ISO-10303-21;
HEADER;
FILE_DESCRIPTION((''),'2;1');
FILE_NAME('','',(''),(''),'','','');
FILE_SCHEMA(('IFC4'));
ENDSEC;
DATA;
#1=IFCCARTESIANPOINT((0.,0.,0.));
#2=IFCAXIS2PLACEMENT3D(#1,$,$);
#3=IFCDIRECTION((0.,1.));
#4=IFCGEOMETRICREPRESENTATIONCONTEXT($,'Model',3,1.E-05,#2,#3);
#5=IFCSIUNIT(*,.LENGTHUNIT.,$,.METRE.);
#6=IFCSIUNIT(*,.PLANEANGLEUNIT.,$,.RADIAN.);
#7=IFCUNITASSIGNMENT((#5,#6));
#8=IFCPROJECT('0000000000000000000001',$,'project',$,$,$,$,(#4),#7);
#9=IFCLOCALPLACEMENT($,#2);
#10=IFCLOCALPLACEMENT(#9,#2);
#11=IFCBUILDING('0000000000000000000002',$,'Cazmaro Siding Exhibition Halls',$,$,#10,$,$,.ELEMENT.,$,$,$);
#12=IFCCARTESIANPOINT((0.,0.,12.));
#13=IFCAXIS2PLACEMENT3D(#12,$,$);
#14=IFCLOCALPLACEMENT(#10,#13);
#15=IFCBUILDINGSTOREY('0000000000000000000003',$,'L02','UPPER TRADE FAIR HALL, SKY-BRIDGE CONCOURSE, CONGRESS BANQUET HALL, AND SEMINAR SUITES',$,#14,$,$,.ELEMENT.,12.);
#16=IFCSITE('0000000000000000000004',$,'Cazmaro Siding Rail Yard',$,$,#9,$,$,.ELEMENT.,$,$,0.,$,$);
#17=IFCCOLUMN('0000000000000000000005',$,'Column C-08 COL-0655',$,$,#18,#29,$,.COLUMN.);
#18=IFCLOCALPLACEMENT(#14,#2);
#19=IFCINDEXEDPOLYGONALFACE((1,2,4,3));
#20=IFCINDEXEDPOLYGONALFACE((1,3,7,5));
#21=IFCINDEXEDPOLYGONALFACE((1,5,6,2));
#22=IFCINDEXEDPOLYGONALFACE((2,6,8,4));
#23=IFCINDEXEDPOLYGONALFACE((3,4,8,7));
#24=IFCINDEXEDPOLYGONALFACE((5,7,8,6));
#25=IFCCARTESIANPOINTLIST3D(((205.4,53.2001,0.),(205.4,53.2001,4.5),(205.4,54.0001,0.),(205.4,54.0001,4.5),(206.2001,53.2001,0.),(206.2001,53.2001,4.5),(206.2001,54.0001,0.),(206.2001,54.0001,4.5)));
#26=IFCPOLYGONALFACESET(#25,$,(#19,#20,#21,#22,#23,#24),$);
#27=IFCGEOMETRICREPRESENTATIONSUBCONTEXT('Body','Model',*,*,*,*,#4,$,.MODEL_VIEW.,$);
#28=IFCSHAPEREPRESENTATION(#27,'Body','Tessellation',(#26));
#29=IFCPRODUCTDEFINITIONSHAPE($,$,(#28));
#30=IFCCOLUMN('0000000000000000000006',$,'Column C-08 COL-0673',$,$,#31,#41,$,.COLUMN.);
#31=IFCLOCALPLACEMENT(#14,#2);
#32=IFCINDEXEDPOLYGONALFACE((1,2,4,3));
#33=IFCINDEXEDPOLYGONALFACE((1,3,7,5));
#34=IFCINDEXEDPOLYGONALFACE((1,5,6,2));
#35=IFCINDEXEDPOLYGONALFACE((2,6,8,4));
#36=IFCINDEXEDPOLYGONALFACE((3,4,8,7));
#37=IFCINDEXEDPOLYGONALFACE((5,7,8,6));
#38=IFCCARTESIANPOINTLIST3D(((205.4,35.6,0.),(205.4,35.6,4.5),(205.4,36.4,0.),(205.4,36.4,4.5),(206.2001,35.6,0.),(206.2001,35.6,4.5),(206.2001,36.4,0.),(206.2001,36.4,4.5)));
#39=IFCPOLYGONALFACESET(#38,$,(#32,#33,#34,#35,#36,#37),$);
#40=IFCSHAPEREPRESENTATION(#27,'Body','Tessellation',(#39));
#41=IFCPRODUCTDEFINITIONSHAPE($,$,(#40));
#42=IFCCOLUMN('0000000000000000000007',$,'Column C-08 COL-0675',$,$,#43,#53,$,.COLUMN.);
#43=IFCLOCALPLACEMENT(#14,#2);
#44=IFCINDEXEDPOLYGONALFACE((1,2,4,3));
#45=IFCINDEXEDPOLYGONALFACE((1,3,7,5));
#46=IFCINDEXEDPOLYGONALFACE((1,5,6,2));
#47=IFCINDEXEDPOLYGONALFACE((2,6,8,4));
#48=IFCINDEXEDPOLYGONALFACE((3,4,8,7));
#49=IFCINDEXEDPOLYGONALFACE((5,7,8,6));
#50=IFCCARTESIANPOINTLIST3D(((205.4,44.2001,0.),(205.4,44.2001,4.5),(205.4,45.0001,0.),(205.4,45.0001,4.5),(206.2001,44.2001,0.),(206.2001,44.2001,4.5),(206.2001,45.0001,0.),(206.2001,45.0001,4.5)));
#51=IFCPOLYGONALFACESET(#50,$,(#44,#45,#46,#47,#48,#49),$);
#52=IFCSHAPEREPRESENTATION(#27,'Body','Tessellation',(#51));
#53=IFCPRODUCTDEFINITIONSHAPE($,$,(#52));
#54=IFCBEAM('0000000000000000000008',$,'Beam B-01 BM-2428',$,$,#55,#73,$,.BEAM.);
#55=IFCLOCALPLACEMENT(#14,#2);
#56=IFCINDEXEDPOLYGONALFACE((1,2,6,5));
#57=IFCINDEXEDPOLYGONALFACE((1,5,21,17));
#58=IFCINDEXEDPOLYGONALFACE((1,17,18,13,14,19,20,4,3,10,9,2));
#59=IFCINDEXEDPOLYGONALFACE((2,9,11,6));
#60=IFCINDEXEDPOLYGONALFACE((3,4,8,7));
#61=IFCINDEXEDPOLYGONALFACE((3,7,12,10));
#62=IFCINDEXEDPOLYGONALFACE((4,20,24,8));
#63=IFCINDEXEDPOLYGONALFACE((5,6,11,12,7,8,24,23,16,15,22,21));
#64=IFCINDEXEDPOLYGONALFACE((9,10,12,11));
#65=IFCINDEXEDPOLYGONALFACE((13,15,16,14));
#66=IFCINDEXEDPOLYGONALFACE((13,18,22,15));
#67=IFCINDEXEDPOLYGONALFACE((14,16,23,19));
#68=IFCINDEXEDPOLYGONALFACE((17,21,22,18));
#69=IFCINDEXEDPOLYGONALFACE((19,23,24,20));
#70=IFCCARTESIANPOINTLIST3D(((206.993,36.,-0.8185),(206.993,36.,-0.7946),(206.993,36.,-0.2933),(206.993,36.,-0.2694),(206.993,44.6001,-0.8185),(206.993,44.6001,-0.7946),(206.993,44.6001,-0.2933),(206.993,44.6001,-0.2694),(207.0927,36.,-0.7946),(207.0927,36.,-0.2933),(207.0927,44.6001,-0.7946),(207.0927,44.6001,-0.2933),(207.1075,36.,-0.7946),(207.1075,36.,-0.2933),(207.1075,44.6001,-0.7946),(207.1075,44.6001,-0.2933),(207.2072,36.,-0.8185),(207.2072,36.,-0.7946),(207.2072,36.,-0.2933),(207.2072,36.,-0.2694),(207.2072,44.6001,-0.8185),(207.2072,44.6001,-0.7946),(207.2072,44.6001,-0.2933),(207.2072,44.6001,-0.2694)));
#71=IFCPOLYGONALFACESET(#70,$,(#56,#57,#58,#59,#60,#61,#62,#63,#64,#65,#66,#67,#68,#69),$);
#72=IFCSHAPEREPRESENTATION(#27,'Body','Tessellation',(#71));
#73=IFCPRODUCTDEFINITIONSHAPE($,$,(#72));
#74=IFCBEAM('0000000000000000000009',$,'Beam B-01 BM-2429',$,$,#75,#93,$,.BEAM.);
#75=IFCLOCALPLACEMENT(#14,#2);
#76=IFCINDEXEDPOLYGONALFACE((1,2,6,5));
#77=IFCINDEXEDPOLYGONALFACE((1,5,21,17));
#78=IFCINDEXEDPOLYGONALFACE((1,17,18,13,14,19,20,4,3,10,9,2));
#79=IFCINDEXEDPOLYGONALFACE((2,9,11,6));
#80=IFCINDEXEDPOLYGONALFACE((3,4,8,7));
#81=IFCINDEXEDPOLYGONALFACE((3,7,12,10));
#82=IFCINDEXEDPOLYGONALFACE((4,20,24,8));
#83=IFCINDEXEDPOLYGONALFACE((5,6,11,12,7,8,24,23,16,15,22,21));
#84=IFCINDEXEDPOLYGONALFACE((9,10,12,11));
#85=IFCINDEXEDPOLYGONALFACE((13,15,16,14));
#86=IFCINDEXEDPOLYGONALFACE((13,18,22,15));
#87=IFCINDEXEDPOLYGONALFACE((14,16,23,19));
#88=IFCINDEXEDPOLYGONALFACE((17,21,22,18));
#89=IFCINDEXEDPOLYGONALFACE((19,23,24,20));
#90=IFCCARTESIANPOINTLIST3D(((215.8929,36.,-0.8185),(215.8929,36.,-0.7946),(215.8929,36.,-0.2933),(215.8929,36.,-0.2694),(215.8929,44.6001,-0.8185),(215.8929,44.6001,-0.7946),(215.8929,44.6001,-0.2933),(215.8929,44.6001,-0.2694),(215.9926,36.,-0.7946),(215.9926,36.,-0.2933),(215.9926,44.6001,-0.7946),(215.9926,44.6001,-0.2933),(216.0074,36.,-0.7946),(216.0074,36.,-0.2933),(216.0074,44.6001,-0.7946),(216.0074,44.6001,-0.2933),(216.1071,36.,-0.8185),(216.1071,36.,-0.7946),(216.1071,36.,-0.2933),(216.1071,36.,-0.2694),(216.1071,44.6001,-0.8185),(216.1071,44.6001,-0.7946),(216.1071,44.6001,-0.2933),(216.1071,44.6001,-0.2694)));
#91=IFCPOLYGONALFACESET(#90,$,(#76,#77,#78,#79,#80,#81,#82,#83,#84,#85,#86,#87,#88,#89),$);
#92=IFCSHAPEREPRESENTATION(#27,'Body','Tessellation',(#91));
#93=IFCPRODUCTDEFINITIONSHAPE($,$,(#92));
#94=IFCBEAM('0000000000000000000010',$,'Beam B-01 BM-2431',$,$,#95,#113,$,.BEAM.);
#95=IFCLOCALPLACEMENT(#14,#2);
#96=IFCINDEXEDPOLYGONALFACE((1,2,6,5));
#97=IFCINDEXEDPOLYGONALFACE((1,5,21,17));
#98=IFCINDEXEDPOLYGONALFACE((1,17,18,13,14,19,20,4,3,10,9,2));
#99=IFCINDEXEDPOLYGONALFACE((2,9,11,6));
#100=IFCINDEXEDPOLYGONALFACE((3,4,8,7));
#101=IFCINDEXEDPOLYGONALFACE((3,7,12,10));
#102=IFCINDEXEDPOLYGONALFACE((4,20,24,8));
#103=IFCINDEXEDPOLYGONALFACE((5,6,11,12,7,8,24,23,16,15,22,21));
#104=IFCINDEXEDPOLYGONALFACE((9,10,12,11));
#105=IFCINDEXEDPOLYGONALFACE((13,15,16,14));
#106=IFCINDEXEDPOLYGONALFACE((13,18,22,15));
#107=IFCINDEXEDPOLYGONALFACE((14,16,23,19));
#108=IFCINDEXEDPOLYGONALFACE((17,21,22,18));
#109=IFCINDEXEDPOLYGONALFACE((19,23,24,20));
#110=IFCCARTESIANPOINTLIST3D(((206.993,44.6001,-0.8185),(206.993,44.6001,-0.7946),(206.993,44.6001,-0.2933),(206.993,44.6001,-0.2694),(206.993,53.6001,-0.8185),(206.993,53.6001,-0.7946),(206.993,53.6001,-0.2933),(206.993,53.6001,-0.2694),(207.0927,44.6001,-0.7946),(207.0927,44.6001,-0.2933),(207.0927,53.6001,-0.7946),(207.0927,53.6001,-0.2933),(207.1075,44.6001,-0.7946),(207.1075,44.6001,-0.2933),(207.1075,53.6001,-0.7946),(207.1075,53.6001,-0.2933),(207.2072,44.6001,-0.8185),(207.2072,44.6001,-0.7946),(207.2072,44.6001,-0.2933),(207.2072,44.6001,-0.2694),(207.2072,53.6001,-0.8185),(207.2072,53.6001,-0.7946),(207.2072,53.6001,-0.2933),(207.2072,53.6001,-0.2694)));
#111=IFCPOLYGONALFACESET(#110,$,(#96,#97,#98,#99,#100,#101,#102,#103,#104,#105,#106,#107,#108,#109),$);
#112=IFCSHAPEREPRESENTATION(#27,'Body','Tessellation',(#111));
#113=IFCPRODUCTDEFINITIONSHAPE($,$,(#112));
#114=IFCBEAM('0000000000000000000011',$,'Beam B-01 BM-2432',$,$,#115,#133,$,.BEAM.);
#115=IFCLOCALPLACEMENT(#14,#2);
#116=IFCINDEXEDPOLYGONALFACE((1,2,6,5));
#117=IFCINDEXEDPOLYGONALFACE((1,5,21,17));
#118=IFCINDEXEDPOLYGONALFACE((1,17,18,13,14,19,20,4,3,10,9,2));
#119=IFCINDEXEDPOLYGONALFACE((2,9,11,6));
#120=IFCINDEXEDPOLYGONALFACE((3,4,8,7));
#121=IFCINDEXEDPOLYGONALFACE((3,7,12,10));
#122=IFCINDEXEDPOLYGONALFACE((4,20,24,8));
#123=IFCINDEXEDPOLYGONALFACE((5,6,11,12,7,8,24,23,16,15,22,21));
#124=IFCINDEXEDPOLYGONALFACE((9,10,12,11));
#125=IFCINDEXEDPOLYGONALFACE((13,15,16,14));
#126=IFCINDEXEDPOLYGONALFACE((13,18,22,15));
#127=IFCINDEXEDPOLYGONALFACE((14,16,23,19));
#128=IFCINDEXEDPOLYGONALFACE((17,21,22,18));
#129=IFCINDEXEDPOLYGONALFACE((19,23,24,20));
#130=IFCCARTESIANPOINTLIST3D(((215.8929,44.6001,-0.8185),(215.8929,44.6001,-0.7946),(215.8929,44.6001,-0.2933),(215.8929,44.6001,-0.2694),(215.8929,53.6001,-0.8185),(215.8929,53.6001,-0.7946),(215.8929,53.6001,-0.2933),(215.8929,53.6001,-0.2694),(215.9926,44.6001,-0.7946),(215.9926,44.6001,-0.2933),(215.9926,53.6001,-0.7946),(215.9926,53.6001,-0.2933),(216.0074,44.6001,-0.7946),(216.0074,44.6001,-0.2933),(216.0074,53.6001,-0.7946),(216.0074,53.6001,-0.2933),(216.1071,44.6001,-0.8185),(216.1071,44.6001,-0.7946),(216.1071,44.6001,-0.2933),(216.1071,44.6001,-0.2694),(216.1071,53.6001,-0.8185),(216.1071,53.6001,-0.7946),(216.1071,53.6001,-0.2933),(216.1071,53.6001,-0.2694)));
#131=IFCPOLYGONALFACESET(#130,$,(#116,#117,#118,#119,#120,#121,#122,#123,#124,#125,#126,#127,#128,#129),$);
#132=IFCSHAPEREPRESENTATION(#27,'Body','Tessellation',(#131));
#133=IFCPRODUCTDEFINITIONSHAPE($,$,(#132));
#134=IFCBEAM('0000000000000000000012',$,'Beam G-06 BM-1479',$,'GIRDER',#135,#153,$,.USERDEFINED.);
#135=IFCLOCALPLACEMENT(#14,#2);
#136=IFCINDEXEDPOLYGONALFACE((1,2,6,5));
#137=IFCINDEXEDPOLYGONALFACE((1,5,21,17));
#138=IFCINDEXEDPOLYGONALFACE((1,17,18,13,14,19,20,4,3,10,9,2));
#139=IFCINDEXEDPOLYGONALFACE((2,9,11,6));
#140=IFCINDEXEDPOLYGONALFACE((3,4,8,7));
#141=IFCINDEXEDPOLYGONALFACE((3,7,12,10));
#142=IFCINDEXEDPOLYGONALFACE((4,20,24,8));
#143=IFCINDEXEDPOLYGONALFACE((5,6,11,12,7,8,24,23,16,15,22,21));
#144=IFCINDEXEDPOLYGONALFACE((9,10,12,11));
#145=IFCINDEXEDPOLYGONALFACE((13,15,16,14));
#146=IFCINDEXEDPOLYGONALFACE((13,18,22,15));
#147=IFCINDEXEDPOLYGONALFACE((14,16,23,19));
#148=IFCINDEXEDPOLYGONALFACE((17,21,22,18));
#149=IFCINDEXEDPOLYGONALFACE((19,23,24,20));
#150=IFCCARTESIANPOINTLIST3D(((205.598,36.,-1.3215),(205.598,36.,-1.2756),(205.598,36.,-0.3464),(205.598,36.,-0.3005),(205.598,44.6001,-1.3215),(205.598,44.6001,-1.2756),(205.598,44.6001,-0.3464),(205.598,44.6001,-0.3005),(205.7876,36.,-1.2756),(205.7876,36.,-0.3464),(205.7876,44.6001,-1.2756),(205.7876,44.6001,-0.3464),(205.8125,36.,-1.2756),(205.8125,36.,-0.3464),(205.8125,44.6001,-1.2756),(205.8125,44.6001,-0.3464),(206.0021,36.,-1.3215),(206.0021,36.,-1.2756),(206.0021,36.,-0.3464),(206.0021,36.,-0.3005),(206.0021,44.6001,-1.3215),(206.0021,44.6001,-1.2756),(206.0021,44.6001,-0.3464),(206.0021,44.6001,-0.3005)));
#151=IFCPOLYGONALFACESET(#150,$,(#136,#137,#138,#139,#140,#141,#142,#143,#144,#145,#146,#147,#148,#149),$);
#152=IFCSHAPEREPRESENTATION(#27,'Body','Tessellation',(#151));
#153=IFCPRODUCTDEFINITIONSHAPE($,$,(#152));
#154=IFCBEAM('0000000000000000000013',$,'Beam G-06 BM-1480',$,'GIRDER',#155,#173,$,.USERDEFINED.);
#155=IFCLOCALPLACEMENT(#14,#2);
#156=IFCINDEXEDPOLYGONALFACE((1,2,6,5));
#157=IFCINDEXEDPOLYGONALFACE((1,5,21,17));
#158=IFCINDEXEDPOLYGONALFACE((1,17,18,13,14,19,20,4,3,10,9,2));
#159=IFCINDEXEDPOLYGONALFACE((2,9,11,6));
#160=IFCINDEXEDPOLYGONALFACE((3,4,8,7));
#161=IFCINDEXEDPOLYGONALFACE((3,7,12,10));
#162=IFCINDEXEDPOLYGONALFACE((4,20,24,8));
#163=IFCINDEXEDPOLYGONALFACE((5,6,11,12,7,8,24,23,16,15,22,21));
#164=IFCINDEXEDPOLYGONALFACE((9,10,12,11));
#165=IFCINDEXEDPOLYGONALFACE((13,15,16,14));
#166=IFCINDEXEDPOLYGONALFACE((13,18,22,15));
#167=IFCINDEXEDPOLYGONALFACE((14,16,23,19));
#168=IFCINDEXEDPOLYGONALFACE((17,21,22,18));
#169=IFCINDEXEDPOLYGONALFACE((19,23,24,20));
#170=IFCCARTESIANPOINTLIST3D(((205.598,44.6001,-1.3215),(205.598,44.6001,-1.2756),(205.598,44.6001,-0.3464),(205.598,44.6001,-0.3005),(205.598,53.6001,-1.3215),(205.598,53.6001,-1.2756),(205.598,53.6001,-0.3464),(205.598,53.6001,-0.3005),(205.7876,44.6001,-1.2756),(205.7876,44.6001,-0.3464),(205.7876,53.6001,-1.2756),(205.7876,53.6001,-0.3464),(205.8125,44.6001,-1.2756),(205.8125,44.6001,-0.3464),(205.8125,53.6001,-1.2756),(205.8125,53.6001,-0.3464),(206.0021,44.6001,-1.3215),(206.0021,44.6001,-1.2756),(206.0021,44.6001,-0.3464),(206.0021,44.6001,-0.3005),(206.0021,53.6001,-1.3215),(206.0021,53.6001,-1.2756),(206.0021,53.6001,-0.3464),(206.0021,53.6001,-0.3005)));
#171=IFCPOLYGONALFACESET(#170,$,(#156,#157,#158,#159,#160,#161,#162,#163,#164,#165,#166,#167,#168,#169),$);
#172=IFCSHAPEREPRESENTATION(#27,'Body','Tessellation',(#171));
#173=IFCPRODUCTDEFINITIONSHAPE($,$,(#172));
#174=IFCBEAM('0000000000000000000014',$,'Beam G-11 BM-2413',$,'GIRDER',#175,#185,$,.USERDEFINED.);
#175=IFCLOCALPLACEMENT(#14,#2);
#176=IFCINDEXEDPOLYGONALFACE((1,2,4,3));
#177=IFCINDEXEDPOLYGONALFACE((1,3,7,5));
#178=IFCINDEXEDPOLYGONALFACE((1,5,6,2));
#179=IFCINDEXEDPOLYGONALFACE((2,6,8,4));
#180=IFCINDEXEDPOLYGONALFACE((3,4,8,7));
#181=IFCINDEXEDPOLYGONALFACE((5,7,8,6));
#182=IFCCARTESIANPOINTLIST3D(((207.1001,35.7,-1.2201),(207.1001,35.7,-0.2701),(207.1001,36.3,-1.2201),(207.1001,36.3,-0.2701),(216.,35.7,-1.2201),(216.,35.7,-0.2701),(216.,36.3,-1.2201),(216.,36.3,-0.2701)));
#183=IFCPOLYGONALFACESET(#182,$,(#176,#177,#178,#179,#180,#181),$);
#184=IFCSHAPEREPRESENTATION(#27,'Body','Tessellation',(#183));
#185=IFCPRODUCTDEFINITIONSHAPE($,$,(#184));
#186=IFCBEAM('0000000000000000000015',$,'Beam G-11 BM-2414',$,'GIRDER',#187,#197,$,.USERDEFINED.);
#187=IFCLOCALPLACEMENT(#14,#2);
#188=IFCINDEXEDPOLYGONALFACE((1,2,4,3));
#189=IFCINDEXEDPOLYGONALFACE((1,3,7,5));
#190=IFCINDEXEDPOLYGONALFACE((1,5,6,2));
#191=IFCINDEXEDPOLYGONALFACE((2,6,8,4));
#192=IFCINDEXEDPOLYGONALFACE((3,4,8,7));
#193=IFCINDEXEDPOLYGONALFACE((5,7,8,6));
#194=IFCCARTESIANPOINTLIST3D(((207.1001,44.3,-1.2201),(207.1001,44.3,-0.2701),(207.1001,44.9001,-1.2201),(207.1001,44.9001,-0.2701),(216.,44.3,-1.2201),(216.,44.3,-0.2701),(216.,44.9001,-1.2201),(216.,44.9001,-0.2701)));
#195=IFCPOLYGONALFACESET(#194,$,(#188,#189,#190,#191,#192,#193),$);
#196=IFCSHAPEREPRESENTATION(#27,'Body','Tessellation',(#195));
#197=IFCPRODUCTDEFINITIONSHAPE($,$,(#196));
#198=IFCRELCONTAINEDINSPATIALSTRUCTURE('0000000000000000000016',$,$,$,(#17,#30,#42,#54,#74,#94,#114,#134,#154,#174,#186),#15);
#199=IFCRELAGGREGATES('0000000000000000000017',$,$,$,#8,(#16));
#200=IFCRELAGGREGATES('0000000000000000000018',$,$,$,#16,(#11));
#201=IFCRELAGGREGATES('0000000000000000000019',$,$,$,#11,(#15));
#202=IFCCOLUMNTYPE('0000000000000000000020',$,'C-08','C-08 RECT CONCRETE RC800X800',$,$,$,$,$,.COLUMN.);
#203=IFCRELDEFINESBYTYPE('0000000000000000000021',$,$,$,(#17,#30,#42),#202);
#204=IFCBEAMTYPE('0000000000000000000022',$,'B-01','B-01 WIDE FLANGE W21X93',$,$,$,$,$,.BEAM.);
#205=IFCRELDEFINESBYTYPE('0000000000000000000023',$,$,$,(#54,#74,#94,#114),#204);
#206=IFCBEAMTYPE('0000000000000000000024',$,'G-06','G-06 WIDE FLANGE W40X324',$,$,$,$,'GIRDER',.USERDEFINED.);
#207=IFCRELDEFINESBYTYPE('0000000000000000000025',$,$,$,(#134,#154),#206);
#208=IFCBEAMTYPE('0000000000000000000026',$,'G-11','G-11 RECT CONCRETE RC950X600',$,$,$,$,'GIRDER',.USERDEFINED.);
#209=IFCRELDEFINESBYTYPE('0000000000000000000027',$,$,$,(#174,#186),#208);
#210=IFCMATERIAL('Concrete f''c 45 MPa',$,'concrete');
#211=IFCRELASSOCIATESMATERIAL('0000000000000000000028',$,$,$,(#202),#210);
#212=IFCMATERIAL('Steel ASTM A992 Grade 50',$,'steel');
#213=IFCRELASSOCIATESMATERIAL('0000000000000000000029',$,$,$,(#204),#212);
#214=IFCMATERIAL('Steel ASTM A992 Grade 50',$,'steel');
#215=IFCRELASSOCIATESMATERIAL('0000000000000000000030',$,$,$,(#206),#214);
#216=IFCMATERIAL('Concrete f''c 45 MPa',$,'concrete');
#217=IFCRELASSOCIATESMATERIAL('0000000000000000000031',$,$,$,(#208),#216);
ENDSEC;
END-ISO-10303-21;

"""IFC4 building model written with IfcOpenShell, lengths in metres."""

from ifc_helpers import new_model, si_unit, direction, frame, origin, origin_2d, place, context, subcontext, project, spatial, rectangle, i_section, extrude, material, material_profile, profile_set, type_object, element, save


model = new_model("IFC4")

# Units and contexts
model_context = context("Model", 3, precision=1e-05, world=origin(), true_north=direction((0.0, 1.0)))
body_context = subcontext(model_context, "Body", "Model", "MODEL_VIEW")
ifc_project = project(units=[si_unit("LENGTHUNIT", "METRE"), si_unit("PLANEANGLEUNIT", "RADIAN")], contexts=[model_context])

# Site, building, storey
site_placement = place(None, origin())
site = spatial("IfcSite", under=ifc_project, at=site_placement, Name="Cazmaro Siding Rail Yard", CompositionType="ELEMENT", RefElevation=0.0)
building_placement = place(site_placement, origin())
building = spatial("IfcBuilding", under=site, at=building_placement, Name="Cazmaro Siding Exhibition Halls", CompositionType="ELEMENT")
storey_placement = place(building_placement, frame((0.0, 0.0, 12.0)))
storey = spatial("IfcBuildingStorey", under=building, at=storey_placement, Name="L02", Description="UPPER TRADE FAIR HALL, SKY-BRIDGE CONCOURSE, CONGRESS BANQUET HALL, AND SEMINAR SUITES", CompositionType="ELEMENT", Elevation=12.0)

# Columns
ifc_material_1 = material(Name="Concrete f'c 45 MPa", Category="concrete")
ifc_material_profile_1 = material_profile(ifc_material_1, rectangle(XDim=0.8, YDim=0.8, at=origin_2d()), Name="RC800X800")
ifc_profile_set_1 = profile_set([ifc_material_profile_1], Name="Concrete f'c 45 MPa")
column_type = type_object("IfcColumnType", Name="C-08", Description="C-08 RECT CONCRETE RC800X800", PredefinedType="COLUMN", material=ifc_profile_set_1)
for number, where, z_axis, x_axis, name in (
    (1, (205.8, 53.6001, 0.0), (0.0, 0.0, 1.0), (1.0, 0.0, 0.0), "Column C-08 COL-0655"),
    (2, (205.8, 36.0, 0.0), (0.0, 0.0, 1.0), (1.0, 0.0, 0.0), "Column C-08 COL-0673"),
    (3, (205.8, 44.6001, 0.0), (0.0, 0.0, 1.0), (1.0, 0.0, 0.0), "Column C-08 COL-0675"),
):
    element("IfcColumn", number, at=place(storey_placement, frame(where, z_axis=z_axis, x_axis=x_axis)), inside=storey, type_object=column_type, Name=name, PredefinedType="COLUMN", context=body_context, shape_type="SweptSolid", body=[
        extrude(rectangle(XDim=0.8, YDim=0.8, at=origin_2d()), origin(), (0.0, 0.0, 1.0), 4.5),
    ])

# Beams
ifc_material_2 = material(Name="Steel ASTM A992 Grade 50", Category="steel")
ifc_material_profile_2 = material_profile(ifc_material_2, i_section(OverallWidth=0.2141, OverallDepth=0.5491, WebThickness=0.0149, FlangeThickness=0.0239, at=origin_2d()), Name="W21X93")
ifc_profile_set_2 = profile_set([ifc_material_profile_2], Name="Steel ASTM A992 Grade 50")
beam_type_1 = type_object("IfcBeamType", Name="B-01", Description="B-01 WIDE FLANGE W21X93", PredefinedType="BEAM", material=ifc_profile_set_2)
for number, where, z_axis, x_axis, name in (
    (4, (207.1001, 36.0, -0.5439), (0.0, 1.0, 0.0), (-1.0, 0.0, 0.0), "Beam B-01 BM-2428"),
    (5, (216.0, 36.0, -0.5439), (0.0, 1.0, 0.0), (-1.0, 0.0, 0.0), "Beam B-01 BM-2429"),
):
    element("IfcBeam", number, at=place(storey_placement, frame(where, z_axis=z_axis, x_axis=x_axis)), inside=storey, type_object=beam_type_1, Name=name, PredefinedType="BEAM", context=body_context, shape_type="SweptSolid", body=[
        extrude(i_section(OverallWidth=0.2141, OverallDepth=0.5491, WebThickness=0.0149, FlangeThickness=0.0239, at=origin_2d()), origin(), (0.0, 0.0, 1.0), 8.6001),
    ])
for number, where, z_axis, x_axis, name in (
    (6, (207.1001, 44.6001, -0.5439), (0.0, 1.0, 0.0), (-1.0, 0.0, 0.0), "Beam B-01 BM-2431"),
    (7, (216.0, 44.6001, -0.5439), (0.0, 1.0, 0.0), (-1.0, 0.0, 0.0), "Beam B-01 BM-2432"),
):
    element("IfcBeam", number, at=place(storey_placement, frame(where, z_axis=z_axis, x_axis=x_axis)), inside=storey, type_object=beam_type_1, Name=name, PredefinedType="BEAM", context=body_context, shape_type="SweptSolid", body=[
        extrude(i_section(OverallWidth=0.2141, OverallDepth=0.5491, WebThickness=0.0149, FlangeThickness=0.0239, at=origin_2d()), origin(), (0.0, 0.0, 1.0), 9.0),
    ])
ifc_material_3 = material(Name="Steel ASTM A992 Grade 50", Category="steel")
ifc_material_profile_3 = material_profile(ifc_material_3, i_section(OverallWidth=0.4041, OverallDepth=1.021, WebThickness=0.0249, FlangeThickness=0.0459, at=origin_2d()), Name="W40X324")
ifc_profile_set_3 = profile_set([ifc_material_profile_3], Name="Steel ASTM A992 Grade 50")
beam_type_2 = type_object("IfcBeamType", Name="G-06", Description="G-06 WIDE FLANGE W40X324", ElementType="GIRDER", PredefinedType="USERDEFINED", material=ifc_profile_set_3)
beam_1_placement = place(storey_placement, frame((205.8, 36.0, -0.811), z_axis=(0.0, 1.0, 0.0), x_axis=(-1.0, 0.0, 0.0)))
element("IfcBeam", 8, at=beam_1_placement, inside=storey, type_object=beam_type_2, Name="Beam G-06 BM-1479", ObjectType="GIRDER", PredefinedType="USERDEFINED", context=body_context, shape_type="SweptSolid", body=[
    extrude(i_section(OverallWidth=0.4041, OverallDepth=1.021, WebThickness=0.0249, FlangeThickness=0.0459, at=origin_2d()), origin(), (0.0, 0.0, 1.0), 8.6001),
])
beam_2_placement = place(storey_placement, frame((205.8, 44.6001, -0.811), z_axis=(0.0, 1.0, 0.0), x_axis=(-1.0, 0.0, 0.0)))
element("IfcBeam", 9, at=beam_2_placement, inside=storey, type_object=beam_type_2, Name="Beam G-06 BM-1480", ObjectType="GIRDER", PredefinedType="USERDEFINED", context=body_context, shape_type="SweptSolid", body=[
    extrude(i_section(OverallWidth=0.4041, OverallDepth=1.021, WebThickness=0.0249, FlangeThickness=0.0459, at=origin_2d()), origin(), (0.0, 0.0, 1.0), 9.0),
])
ifc_material_4 = material(Name="Concrete f'c 45 MPa", Category="concrete")
ifc_material_profile_4 = material_profile(ifc_material_4, rectangle(XDim=0.6001, YDim=0.95, at=origin_2d()), Name="RC950X600")
ifc_profile_set_4 = profile_set([ifc_material_profile_4], Name="Concrete f'c 45 MPa")
beam_type_3 = type_object("IfcBeamType", Name="G-11", Description="G-11 RECT CONCRETE RC950X600", ElementType="GIRDER", PredefinedType="USERDEFINED", material=ifc_profile_set_4)
for number, where, z_axis, x_axis, name in (
    (10, (207.1001, 36.0, -0.7451), (1.0, 0.0, 0.0), (0.0, 1.0, 0.0), "Beam G-11 BM-2413"),
    (11, (207.1001, 44.6001, -0.7451), (1.0, 0.0, 0.0), (0.0, 1.0, 0.0), "Beam G-11 BM-2414"),
):
    element("IfcBeam", number, at=place(storey_placement, frame(where, z_axis=z_axis, x_axis=x_axis)), inside=storey, type_object=beam_type_3, Name=name, ObjectType="GIRDER", PredefinedType="USERDEFINED", context=body_context, shape_type="SweptSolid", body=[
        extrude(rectangle(XDim=0.6001, YDim=0.95, at=origin_2d()), origin(), (0.0, 0.0, 1.0), 8.8999),
    ])

save(model, "model.ifc")
